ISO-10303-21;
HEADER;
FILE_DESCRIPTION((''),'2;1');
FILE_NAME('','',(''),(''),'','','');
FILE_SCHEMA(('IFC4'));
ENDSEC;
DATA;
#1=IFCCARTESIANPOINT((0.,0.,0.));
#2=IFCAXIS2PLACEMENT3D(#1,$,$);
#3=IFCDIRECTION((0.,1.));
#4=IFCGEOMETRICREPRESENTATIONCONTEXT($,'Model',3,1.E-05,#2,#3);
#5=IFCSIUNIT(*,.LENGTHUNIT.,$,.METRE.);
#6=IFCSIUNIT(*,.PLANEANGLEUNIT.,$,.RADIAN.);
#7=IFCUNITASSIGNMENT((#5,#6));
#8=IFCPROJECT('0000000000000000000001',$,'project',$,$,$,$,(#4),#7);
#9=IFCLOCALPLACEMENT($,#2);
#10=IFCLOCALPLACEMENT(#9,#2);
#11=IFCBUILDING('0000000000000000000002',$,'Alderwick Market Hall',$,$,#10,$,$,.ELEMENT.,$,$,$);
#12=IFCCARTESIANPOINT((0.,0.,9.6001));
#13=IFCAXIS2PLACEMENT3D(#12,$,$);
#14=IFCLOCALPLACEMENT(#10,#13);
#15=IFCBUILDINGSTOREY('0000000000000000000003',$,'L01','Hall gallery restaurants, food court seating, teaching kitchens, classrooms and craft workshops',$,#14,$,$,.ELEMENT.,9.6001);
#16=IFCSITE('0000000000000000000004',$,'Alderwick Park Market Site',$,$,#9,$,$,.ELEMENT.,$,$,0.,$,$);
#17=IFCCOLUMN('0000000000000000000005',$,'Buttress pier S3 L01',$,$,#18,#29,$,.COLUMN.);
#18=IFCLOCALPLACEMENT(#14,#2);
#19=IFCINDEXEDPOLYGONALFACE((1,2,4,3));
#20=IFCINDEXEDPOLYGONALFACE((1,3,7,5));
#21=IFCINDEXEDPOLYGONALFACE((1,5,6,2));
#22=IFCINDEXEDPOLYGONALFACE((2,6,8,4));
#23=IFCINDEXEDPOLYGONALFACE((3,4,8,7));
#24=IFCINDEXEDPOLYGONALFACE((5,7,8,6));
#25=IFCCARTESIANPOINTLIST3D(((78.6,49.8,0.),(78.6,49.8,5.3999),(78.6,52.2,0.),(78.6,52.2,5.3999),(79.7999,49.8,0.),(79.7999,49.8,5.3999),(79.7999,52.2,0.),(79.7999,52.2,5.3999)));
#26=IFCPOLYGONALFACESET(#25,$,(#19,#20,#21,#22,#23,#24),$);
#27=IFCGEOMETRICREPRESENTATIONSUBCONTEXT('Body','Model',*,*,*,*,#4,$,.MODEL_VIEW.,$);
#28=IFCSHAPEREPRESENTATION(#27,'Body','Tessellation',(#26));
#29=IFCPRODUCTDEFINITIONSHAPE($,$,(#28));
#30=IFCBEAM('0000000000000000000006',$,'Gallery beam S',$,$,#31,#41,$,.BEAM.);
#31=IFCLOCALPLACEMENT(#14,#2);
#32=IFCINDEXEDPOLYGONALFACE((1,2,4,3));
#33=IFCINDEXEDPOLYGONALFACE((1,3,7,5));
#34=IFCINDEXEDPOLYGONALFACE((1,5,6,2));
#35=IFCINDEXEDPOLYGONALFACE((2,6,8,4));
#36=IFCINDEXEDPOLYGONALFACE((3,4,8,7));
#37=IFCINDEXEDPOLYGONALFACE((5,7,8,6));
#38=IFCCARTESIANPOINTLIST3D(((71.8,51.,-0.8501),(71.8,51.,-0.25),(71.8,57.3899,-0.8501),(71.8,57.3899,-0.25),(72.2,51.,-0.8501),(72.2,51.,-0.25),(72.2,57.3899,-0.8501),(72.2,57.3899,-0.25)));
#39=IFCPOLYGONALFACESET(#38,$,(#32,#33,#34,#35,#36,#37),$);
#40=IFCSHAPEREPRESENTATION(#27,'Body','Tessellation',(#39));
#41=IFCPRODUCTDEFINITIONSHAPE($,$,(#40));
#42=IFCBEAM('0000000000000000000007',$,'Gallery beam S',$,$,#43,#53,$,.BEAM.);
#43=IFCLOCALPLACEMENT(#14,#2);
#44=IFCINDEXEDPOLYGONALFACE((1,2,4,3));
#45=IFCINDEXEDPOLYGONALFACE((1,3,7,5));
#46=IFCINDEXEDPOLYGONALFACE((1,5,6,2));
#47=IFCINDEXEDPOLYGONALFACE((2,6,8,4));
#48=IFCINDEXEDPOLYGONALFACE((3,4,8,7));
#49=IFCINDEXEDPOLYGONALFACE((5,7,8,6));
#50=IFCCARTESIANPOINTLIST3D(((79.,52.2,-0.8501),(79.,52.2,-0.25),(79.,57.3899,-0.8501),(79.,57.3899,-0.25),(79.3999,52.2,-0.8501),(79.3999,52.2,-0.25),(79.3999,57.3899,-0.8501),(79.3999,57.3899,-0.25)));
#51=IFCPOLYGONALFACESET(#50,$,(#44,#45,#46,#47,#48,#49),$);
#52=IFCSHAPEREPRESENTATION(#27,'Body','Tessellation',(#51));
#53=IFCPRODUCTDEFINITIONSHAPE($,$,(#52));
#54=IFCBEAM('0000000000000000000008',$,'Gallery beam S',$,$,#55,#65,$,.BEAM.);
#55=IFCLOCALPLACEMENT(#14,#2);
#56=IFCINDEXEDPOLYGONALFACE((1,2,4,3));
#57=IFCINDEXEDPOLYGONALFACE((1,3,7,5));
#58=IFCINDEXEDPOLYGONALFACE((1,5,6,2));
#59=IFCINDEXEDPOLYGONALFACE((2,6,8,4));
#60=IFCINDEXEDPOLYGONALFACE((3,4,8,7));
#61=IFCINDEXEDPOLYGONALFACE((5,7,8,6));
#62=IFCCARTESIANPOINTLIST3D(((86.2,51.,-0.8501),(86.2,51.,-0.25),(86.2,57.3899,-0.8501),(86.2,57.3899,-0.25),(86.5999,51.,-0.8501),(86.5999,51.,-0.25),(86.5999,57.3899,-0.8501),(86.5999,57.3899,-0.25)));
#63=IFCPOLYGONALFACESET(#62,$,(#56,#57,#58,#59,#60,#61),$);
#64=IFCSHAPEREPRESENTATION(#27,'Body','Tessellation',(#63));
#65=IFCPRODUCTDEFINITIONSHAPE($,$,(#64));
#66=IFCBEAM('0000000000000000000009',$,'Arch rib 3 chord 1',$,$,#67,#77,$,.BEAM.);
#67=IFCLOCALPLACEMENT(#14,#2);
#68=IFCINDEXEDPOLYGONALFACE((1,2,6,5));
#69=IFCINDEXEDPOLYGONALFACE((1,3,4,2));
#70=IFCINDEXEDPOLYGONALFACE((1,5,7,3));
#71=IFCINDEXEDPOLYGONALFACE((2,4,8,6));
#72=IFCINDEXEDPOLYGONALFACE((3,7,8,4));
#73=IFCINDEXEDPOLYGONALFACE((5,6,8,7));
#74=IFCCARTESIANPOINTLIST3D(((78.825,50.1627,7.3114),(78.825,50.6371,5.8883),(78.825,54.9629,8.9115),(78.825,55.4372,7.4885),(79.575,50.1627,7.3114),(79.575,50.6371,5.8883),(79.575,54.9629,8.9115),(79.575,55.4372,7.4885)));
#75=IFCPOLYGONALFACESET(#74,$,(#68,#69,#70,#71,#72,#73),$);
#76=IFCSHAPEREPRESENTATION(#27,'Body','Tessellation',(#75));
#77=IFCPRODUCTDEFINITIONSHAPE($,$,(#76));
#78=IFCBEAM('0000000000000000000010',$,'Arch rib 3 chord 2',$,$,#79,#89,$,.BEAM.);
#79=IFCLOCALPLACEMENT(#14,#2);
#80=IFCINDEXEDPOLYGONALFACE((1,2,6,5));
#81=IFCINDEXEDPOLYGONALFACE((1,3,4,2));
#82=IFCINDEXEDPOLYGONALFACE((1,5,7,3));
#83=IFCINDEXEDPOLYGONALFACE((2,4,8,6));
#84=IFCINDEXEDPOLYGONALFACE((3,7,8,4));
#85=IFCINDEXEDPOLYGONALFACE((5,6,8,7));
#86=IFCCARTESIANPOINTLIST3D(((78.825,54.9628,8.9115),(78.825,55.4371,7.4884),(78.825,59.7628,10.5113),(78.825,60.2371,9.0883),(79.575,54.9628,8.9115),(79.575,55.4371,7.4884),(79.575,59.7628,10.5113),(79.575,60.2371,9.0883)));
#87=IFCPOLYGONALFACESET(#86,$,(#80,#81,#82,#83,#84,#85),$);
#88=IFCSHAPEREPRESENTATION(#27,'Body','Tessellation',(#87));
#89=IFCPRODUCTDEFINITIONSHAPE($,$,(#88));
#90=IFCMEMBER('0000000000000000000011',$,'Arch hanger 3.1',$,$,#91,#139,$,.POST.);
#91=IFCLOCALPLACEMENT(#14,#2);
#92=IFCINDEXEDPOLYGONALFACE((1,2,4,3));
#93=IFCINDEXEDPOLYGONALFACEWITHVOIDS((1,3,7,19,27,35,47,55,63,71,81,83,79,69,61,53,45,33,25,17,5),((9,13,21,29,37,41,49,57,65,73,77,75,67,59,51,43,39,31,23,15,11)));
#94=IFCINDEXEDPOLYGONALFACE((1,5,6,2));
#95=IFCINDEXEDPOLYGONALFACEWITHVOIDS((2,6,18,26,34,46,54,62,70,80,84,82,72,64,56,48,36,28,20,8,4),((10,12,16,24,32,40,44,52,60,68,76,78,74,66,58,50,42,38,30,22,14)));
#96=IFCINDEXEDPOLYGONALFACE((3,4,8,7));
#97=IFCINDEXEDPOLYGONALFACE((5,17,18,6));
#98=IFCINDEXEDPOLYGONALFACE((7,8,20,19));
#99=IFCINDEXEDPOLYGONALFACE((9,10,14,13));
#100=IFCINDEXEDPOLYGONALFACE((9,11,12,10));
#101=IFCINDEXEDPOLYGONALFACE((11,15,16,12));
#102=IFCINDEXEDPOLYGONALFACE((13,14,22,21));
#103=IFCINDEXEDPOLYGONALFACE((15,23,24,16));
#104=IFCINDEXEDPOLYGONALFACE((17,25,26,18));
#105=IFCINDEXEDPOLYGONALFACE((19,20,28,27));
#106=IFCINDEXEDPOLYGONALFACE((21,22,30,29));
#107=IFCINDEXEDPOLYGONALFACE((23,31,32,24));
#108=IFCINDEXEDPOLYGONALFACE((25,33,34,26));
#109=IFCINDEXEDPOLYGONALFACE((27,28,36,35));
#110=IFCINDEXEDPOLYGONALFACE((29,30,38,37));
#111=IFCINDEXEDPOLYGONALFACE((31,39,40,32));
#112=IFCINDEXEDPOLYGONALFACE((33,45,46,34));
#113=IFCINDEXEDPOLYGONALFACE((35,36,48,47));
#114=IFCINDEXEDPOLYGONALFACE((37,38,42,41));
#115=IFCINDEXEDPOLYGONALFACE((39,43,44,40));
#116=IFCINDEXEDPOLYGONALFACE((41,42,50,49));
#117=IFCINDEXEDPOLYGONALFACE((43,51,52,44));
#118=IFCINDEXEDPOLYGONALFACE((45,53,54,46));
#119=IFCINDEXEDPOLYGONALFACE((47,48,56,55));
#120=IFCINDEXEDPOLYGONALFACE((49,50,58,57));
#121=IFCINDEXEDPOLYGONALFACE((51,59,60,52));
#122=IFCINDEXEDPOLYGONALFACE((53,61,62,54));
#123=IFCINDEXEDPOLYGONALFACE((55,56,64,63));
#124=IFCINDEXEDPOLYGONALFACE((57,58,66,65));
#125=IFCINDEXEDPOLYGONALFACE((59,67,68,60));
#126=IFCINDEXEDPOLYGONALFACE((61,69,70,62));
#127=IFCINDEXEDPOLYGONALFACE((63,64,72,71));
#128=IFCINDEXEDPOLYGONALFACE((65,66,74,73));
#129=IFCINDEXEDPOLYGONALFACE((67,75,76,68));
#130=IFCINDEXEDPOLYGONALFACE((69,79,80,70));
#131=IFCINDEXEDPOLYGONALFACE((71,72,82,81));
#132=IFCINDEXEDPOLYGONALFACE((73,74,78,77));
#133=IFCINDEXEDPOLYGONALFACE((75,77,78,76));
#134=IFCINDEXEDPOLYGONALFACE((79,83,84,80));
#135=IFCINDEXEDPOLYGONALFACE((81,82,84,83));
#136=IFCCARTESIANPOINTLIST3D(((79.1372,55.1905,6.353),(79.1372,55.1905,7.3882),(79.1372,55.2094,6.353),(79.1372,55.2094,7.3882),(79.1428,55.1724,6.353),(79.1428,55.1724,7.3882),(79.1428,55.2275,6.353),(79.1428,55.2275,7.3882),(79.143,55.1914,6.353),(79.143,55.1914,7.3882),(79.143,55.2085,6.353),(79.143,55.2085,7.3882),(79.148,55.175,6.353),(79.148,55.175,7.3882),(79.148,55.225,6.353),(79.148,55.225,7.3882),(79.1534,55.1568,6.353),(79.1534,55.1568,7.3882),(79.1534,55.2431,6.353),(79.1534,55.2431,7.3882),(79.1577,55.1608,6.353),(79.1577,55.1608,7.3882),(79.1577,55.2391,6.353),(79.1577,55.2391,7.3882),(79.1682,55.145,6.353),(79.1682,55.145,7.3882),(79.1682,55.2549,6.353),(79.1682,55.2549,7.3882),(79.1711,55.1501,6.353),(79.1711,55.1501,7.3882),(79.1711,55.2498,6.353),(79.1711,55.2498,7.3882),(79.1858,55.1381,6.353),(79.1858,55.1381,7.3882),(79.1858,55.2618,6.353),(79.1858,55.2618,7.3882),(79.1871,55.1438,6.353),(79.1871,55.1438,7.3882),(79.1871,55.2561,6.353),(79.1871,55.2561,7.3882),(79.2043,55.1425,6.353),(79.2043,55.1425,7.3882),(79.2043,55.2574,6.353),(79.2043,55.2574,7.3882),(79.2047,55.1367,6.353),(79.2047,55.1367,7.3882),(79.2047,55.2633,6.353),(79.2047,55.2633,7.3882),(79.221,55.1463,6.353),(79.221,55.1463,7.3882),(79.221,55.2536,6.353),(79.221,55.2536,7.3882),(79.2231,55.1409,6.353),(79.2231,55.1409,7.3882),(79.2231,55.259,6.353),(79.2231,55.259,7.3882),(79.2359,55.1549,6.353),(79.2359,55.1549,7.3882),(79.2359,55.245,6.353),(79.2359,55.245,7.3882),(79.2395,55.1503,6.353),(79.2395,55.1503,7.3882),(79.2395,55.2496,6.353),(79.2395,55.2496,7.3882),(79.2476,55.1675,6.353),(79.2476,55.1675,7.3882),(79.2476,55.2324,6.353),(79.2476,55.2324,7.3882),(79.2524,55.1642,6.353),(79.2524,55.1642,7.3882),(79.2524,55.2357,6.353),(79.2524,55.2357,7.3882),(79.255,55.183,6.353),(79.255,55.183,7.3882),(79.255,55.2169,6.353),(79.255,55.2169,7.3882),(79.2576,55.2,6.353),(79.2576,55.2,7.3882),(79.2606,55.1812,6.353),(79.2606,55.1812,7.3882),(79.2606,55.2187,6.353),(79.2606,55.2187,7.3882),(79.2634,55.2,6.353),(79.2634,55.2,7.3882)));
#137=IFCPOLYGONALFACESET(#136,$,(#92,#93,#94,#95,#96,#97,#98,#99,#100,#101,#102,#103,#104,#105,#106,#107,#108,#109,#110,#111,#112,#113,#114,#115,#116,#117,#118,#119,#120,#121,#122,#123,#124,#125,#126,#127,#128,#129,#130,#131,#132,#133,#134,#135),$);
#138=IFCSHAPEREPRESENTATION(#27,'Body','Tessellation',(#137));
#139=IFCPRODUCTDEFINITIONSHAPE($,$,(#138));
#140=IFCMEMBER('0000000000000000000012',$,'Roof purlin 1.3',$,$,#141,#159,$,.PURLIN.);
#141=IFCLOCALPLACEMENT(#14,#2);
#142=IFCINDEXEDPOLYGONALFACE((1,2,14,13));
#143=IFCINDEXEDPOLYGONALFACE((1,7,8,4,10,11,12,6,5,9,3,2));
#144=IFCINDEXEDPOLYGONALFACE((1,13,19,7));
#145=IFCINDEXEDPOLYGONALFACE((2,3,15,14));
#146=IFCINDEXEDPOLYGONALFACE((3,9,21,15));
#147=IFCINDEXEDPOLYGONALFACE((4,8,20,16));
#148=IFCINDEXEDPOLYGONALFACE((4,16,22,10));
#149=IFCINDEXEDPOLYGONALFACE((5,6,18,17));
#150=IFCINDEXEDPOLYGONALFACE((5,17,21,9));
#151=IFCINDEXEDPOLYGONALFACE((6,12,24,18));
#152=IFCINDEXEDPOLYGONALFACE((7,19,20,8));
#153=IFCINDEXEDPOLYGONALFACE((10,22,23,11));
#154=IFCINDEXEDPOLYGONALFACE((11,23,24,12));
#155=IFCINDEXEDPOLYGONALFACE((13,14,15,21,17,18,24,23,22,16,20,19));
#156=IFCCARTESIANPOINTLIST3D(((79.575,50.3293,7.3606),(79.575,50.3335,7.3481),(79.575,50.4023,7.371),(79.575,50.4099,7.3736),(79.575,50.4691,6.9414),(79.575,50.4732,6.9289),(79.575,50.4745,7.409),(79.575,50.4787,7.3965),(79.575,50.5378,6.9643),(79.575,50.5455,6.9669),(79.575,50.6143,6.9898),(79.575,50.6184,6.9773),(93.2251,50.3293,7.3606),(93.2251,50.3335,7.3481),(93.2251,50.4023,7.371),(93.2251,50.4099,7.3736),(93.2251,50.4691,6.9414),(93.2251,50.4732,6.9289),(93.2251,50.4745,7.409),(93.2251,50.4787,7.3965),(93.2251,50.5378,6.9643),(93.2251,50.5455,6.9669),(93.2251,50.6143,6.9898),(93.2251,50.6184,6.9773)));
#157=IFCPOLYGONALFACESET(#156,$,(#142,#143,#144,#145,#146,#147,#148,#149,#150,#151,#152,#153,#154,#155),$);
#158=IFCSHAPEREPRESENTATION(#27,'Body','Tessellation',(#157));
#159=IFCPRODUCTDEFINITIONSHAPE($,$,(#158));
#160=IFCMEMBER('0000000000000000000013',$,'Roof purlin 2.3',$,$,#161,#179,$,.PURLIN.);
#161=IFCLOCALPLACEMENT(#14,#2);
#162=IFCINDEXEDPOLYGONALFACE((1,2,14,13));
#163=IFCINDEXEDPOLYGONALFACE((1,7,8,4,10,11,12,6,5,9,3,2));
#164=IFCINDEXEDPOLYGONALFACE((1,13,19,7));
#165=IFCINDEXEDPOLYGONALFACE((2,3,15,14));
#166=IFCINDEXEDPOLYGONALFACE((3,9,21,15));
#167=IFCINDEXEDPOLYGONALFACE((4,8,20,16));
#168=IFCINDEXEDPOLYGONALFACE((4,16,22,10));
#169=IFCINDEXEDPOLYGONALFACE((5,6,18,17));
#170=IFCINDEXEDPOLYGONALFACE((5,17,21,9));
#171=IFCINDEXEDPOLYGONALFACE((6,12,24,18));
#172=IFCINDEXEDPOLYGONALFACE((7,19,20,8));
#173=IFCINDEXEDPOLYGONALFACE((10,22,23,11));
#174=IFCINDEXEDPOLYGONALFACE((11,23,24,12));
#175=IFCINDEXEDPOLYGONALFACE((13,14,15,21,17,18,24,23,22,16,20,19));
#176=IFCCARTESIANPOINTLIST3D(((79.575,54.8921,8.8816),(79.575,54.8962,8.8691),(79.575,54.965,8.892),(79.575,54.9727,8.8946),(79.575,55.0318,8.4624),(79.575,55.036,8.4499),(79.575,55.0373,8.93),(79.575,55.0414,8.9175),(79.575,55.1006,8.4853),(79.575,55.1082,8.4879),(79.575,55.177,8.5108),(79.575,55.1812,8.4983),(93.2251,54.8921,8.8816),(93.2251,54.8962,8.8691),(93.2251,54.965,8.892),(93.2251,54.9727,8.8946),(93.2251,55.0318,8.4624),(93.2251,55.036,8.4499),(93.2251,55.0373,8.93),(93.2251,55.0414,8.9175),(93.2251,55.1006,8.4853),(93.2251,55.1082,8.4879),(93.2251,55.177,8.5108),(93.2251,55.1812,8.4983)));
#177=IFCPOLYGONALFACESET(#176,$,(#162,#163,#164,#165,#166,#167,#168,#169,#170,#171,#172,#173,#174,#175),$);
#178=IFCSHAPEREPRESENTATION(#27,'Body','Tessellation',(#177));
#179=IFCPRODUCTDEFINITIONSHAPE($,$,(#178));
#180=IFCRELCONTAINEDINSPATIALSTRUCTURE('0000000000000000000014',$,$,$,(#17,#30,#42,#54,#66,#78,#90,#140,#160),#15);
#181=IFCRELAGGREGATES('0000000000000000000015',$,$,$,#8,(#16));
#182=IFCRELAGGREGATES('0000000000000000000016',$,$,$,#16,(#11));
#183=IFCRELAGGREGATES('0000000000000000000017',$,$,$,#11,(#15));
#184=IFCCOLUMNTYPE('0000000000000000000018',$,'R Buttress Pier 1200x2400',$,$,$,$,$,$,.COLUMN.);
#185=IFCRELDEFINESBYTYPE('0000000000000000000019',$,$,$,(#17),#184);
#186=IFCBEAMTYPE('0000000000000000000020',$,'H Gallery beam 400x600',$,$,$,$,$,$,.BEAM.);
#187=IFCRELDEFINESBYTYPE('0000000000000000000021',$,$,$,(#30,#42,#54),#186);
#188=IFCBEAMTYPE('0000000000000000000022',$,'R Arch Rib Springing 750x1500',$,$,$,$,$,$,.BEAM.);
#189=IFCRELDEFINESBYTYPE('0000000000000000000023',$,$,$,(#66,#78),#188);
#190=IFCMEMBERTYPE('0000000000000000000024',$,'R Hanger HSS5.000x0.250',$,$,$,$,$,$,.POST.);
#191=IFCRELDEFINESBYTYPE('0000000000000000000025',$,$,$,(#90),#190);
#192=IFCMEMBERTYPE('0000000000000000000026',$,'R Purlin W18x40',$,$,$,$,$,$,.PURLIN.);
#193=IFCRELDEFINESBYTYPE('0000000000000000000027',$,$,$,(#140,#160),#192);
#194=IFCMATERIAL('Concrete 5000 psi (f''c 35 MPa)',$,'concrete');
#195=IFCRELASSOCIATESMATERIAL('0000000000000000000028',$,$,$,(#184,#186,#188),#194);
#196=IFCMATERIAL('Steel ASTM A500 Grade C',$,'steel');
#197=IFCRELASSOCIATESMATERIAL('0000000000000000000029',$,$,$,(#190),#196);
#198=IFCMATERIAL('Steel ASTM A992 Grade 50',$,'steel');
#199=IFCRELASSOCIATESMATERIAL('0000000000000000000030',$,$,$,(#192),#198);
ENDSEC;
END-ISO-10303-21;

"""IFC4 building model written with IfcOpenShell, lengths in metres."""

from ifc_helpers import new_model, si_unit, direction, frame, origin, origin_2d, place, context, subcontext, project, spatial, rectangle, hollow_circle, i_section, extrude, material, material_profile, profile_set, type_object, element, save


model = new_model("IFC4")

# Units and contexts
model_context = context("Model", 3, precision=1e-05, world=origin(), true_north=direction((0.0, 1.0)))
body_context = subcontext(model_context, "Body", "Model", "MODEL_VIEW")
ifc_project = project(units=[si_unit("LENGTHUNIT", "METRE"), si_unit("PLANEANGLEUNIT", "RADIAN")], contexts=[model_context])

# Site, building, storey
site_placement = place(None, origin())
site = spatial("IfcSite", under=ifc_project, at=site_placement, Name="Alderwick Park Market Site", CompositionType="ELEMENT", RefElevation=0.0)
building_placement = place(site_placement, origin())
building = spatial("IfcBuilding", under=site, at=building_placement, Name="Alderwick Market Hall", CompositionType="ELEMENT")
storey_placement = place(building_placement, frame((0.0, 0.0, 9.6001)))
storey = spatial("IfcBuildingStorey", under=building, at=storey_placement, Name="L01", Description="Hall gallery restaurants, food court seating, teaching kitchens, classrooms and craft workshops", CompositionType="ELEMENT", Elevation=9.6001)

# Column
ifc_material_1 = material(Name="Concrete 5000 psi (f'c 35 MPa)", Category="concrete")
ifc_material_profile_1 = material_profile(ifc_material_1, rectangle(XDim=1.2, YDim=2.3999, at=origin_2d()), Name="RC 1200x2400")
ifc_profile_set_1 = profile_set([ifc_material_profile_1], Name="Concrete 5000 psi (f'c 35 MPa)")
column_type = type_object("IfcColumnType", Name="R Buttress Pier 1200x2400", PredefinedType="COLUMN", material=ifc_profile_set_1)
column_placement = place(storey_placement, frame((79.2, 51.0, 0.0), z_axis=(0.0, 0.0, 1.0), x_axis=(1.0, 0.0, 0.0)))
element("IfcColumn", 1, at=column_placement, inside=storey, type_object=column_type, Name="Buttress pier S3 L01", PredefinedType="COLUMN", context=body_context, shape_type="SweptSolid", body=[
    extrude(rectangle(XDim=1.2, YDim=2.3999, at=origin_2d()), origin(), (0.0, 0.0, 1.0), 5.3999),
])

# Beams
ifc_material_profile_2 = material_profile(ifc_material_1, rectangle(XDim=0.3999, YDim=0.6001, at=origin_2d()), Name="RC 400x600")
ifc_profile_set_2 = profile_set([ifc_material_profile_2], Name="Concrete 5000 psi (f'c 35 MPa)")
beam_type_1 = type_object("IfcBeamType", Name="H Gallery beam 400x600", PredefinedType="BEAM", material=ifc_profile_set_2)
beam_1_placement = place(storey_placement, frame((72.0, 51.0, -0.55), z_axis=(0.0, 1.0, 0.0), x_axis=(-1.0, 0.0, 0.0)))
element("IfcBeam", 2, at=beam_1_placement, inside=storey, type_object=beam_type_1, Name="Gallery beam S", PredefinedType="BEAM", context=body_context, shape_type="SweptSolid", body=[
    extrude(rectangle(XDim=0.3999, YDim=0.6001, at=origin_2d()), origin(), (0.0, 0.0, 1.0), 6.3899),
])
beam_2_placement = place(storey_placement, frame((79.2, 52.2, -0.55), z_axis=(0.0, 1.0, 0.0), x_axis=(-1.0, 0.0, 0.0)))
element("IfcBeam", 3, at=beam_2_placement, inside=storey, type_object=beam_type_1, Name="Gallery beam S", PredefinedType="BEAM", context=body_context, shape_type="SweptSolid", body=[
    extrude(rectangle(XDim=0.3999, YDim=0.6001, at=origin_2d()), origin(), (0.0, 0.0, 1.0), 5.1899),
])
beam_3_placement = place(storey_placement, frame((86.3999, 51.0, -0.55), z_axis=(0.0, 1.0, 0.0), x_axis=(-1.0, 0.0, 0.0)))
element("IfcBeam", 4, at=beam_3_placement, inside=storey, type_object=beam_type_1, Name="Gallery beam S", PredefinedType="BEAM", context=body_context, shape_type="SweptSolid", body=[
    extrude(rectangle(XDim=0.3999, YDim=0.6001, at=origin_2d()), origin(), (0.0, 0.0, 1.0), 6.3899),
])
ifc_material_profile_3 = material_profile(ifc_material_1, rectangle(XDim=0.75, YDim=1.5, at=origin_2d()), Name="RC 750x1500")
ifc_profile_set_3 = profile_set([ifc_material_profile_3], Name="Concrete 5000 psi (f'c 35 MPa)")
beam_type_2 = type_object("IfcBeamType", Name="R Arch Rib Springing 750x1500", PredefinedType="BEAM", material=ifc_profile_set_3)
beam_4_placement = place(storey_placement, frame((79.2, 50.3999, 6.5999), z_axis=(0.0, 0.948678, 0.316242), x_axis=(-1.0, 0.0, 0.0)))
element("IfcBeam", 5, at=beam_4_placement, inside=storey, type_object=beam_type_2, Name="Arch rib 3 chord 1", PredefinedType="BEAM", context=body_context, shape_type="SweptSolid", body=[
    extrude(rectangle(XDim=0.75, YDim=1.5, at=origin_2d()), origin(), (0.0, 0.0, 1.0), 5.0598),
])
beam_5_placement = place(storey_placement, frame((79.2, 55.2, 8.2), z_axis=(0.0, 0.948693, 0.316199), x_axis=(-1.0, 0.0, 0.0)))
element("IfcBeam", 6, at=beam_5_placement, inside=storey, type_object=beam_type_2, Name="Arch rib 3 chord 2", PredefinedType="BEAM", context=body_context, shape_type="SweptSolid", body=[
    extrude(rectangle(XDim=0.75, YDim=1.5, at=origin_2d()), origin(), (0.0, 0.0, 1.0), 5.0596),
])

# Members
ifc_material_2 = material(Name="Steel ASTM A500 Grade C", Category="steel")
ifc_material_profile_4 = material_profile(ifc_material_2, hollow_circle(Radius=0.0635, WallThickness=0.0059, at=origin_2d()), Name="HSS5.000x0.250")
ifc_profile_set_4 = profile_set([ifc_material_profile_4], Name="Steel ASTM A500 Grade C")
member_type_1 = type_object("IfcMemberType", Name="R Hanger HSS5.000x0.250", PredefinedType="POST", material=ifc_profile_set_4)
member_1_placement = place(storey_placement, frame((79.2, 55.2, 6.353), z_axis=(0.0, 0.0, 1.0), x_axis=(1.0, 0.0, 0.0)))
element("IfcMember", 7, at=member_1_placement, inside=storey, type_object=member_type_1, Name="Arch hanger 3.1", PredefinedType="POST", context=body_context, shape_type="SweptSolid", body=[
    extrude(hollow_circle(Radius=0.0635, WallThickness=0.0059, at=origin_2d()), origin(), (0.0, 0.0, 1.0), 1.0352),
])
ifc_material_3 = material(Name="Steel ASTM A992 Grade 50", Category="steel")
ifc_material_profile_5 = material_profile(ifc_material_3, i_section(OverallWidth=0.1531, OverallDepth=0.4551, WebThickness=0.0081, FlangeThickness=0.0132, at=origin_2d()), Name="W18x40")
ifc_profile_set_5 = profile_set([ifc_material_profile_5], Name="Steel ASTM A992 Grade 50")
member_type_2 = type_object("IfcMemberType", Name="R Purlin W18x40", PredefinedType="PURLIN", material=ifc_profile_set_5)
for number, where, z_axis, x_axis, name in (
    (8, (79.575, 50.4739, 7.1689), (1.0, 0.0, 0.0), (0.0, 0.948683, 0.316228), "Roof purlin 1.3"),
    (9, (79.575, 55.0366, 8.6899), (1.0, 0.0, 0.0), (0.0, 0.948683, 0.316228), "Roof purlin 2.3"),
):
    element("IfcMember", number, at=place(storey_placement, frame(where, z_axis=z_axis, x_axis=x_axis)), inside=storey, type_object=member_type_2, Name=name, PredefinedType="PURLIN", context=body_context, shape_type="SweptSolid", body=[
        extrude(i_section(OverallWidth=0.1531, OverallDepth=0.4551, WebThickness=0.0081, FlangeThickness=0.0132, at=origin_2d()), origin(), (0.0, 0.0, 1.0), 13.6501),
    ])

save(model, "model.ifc")
